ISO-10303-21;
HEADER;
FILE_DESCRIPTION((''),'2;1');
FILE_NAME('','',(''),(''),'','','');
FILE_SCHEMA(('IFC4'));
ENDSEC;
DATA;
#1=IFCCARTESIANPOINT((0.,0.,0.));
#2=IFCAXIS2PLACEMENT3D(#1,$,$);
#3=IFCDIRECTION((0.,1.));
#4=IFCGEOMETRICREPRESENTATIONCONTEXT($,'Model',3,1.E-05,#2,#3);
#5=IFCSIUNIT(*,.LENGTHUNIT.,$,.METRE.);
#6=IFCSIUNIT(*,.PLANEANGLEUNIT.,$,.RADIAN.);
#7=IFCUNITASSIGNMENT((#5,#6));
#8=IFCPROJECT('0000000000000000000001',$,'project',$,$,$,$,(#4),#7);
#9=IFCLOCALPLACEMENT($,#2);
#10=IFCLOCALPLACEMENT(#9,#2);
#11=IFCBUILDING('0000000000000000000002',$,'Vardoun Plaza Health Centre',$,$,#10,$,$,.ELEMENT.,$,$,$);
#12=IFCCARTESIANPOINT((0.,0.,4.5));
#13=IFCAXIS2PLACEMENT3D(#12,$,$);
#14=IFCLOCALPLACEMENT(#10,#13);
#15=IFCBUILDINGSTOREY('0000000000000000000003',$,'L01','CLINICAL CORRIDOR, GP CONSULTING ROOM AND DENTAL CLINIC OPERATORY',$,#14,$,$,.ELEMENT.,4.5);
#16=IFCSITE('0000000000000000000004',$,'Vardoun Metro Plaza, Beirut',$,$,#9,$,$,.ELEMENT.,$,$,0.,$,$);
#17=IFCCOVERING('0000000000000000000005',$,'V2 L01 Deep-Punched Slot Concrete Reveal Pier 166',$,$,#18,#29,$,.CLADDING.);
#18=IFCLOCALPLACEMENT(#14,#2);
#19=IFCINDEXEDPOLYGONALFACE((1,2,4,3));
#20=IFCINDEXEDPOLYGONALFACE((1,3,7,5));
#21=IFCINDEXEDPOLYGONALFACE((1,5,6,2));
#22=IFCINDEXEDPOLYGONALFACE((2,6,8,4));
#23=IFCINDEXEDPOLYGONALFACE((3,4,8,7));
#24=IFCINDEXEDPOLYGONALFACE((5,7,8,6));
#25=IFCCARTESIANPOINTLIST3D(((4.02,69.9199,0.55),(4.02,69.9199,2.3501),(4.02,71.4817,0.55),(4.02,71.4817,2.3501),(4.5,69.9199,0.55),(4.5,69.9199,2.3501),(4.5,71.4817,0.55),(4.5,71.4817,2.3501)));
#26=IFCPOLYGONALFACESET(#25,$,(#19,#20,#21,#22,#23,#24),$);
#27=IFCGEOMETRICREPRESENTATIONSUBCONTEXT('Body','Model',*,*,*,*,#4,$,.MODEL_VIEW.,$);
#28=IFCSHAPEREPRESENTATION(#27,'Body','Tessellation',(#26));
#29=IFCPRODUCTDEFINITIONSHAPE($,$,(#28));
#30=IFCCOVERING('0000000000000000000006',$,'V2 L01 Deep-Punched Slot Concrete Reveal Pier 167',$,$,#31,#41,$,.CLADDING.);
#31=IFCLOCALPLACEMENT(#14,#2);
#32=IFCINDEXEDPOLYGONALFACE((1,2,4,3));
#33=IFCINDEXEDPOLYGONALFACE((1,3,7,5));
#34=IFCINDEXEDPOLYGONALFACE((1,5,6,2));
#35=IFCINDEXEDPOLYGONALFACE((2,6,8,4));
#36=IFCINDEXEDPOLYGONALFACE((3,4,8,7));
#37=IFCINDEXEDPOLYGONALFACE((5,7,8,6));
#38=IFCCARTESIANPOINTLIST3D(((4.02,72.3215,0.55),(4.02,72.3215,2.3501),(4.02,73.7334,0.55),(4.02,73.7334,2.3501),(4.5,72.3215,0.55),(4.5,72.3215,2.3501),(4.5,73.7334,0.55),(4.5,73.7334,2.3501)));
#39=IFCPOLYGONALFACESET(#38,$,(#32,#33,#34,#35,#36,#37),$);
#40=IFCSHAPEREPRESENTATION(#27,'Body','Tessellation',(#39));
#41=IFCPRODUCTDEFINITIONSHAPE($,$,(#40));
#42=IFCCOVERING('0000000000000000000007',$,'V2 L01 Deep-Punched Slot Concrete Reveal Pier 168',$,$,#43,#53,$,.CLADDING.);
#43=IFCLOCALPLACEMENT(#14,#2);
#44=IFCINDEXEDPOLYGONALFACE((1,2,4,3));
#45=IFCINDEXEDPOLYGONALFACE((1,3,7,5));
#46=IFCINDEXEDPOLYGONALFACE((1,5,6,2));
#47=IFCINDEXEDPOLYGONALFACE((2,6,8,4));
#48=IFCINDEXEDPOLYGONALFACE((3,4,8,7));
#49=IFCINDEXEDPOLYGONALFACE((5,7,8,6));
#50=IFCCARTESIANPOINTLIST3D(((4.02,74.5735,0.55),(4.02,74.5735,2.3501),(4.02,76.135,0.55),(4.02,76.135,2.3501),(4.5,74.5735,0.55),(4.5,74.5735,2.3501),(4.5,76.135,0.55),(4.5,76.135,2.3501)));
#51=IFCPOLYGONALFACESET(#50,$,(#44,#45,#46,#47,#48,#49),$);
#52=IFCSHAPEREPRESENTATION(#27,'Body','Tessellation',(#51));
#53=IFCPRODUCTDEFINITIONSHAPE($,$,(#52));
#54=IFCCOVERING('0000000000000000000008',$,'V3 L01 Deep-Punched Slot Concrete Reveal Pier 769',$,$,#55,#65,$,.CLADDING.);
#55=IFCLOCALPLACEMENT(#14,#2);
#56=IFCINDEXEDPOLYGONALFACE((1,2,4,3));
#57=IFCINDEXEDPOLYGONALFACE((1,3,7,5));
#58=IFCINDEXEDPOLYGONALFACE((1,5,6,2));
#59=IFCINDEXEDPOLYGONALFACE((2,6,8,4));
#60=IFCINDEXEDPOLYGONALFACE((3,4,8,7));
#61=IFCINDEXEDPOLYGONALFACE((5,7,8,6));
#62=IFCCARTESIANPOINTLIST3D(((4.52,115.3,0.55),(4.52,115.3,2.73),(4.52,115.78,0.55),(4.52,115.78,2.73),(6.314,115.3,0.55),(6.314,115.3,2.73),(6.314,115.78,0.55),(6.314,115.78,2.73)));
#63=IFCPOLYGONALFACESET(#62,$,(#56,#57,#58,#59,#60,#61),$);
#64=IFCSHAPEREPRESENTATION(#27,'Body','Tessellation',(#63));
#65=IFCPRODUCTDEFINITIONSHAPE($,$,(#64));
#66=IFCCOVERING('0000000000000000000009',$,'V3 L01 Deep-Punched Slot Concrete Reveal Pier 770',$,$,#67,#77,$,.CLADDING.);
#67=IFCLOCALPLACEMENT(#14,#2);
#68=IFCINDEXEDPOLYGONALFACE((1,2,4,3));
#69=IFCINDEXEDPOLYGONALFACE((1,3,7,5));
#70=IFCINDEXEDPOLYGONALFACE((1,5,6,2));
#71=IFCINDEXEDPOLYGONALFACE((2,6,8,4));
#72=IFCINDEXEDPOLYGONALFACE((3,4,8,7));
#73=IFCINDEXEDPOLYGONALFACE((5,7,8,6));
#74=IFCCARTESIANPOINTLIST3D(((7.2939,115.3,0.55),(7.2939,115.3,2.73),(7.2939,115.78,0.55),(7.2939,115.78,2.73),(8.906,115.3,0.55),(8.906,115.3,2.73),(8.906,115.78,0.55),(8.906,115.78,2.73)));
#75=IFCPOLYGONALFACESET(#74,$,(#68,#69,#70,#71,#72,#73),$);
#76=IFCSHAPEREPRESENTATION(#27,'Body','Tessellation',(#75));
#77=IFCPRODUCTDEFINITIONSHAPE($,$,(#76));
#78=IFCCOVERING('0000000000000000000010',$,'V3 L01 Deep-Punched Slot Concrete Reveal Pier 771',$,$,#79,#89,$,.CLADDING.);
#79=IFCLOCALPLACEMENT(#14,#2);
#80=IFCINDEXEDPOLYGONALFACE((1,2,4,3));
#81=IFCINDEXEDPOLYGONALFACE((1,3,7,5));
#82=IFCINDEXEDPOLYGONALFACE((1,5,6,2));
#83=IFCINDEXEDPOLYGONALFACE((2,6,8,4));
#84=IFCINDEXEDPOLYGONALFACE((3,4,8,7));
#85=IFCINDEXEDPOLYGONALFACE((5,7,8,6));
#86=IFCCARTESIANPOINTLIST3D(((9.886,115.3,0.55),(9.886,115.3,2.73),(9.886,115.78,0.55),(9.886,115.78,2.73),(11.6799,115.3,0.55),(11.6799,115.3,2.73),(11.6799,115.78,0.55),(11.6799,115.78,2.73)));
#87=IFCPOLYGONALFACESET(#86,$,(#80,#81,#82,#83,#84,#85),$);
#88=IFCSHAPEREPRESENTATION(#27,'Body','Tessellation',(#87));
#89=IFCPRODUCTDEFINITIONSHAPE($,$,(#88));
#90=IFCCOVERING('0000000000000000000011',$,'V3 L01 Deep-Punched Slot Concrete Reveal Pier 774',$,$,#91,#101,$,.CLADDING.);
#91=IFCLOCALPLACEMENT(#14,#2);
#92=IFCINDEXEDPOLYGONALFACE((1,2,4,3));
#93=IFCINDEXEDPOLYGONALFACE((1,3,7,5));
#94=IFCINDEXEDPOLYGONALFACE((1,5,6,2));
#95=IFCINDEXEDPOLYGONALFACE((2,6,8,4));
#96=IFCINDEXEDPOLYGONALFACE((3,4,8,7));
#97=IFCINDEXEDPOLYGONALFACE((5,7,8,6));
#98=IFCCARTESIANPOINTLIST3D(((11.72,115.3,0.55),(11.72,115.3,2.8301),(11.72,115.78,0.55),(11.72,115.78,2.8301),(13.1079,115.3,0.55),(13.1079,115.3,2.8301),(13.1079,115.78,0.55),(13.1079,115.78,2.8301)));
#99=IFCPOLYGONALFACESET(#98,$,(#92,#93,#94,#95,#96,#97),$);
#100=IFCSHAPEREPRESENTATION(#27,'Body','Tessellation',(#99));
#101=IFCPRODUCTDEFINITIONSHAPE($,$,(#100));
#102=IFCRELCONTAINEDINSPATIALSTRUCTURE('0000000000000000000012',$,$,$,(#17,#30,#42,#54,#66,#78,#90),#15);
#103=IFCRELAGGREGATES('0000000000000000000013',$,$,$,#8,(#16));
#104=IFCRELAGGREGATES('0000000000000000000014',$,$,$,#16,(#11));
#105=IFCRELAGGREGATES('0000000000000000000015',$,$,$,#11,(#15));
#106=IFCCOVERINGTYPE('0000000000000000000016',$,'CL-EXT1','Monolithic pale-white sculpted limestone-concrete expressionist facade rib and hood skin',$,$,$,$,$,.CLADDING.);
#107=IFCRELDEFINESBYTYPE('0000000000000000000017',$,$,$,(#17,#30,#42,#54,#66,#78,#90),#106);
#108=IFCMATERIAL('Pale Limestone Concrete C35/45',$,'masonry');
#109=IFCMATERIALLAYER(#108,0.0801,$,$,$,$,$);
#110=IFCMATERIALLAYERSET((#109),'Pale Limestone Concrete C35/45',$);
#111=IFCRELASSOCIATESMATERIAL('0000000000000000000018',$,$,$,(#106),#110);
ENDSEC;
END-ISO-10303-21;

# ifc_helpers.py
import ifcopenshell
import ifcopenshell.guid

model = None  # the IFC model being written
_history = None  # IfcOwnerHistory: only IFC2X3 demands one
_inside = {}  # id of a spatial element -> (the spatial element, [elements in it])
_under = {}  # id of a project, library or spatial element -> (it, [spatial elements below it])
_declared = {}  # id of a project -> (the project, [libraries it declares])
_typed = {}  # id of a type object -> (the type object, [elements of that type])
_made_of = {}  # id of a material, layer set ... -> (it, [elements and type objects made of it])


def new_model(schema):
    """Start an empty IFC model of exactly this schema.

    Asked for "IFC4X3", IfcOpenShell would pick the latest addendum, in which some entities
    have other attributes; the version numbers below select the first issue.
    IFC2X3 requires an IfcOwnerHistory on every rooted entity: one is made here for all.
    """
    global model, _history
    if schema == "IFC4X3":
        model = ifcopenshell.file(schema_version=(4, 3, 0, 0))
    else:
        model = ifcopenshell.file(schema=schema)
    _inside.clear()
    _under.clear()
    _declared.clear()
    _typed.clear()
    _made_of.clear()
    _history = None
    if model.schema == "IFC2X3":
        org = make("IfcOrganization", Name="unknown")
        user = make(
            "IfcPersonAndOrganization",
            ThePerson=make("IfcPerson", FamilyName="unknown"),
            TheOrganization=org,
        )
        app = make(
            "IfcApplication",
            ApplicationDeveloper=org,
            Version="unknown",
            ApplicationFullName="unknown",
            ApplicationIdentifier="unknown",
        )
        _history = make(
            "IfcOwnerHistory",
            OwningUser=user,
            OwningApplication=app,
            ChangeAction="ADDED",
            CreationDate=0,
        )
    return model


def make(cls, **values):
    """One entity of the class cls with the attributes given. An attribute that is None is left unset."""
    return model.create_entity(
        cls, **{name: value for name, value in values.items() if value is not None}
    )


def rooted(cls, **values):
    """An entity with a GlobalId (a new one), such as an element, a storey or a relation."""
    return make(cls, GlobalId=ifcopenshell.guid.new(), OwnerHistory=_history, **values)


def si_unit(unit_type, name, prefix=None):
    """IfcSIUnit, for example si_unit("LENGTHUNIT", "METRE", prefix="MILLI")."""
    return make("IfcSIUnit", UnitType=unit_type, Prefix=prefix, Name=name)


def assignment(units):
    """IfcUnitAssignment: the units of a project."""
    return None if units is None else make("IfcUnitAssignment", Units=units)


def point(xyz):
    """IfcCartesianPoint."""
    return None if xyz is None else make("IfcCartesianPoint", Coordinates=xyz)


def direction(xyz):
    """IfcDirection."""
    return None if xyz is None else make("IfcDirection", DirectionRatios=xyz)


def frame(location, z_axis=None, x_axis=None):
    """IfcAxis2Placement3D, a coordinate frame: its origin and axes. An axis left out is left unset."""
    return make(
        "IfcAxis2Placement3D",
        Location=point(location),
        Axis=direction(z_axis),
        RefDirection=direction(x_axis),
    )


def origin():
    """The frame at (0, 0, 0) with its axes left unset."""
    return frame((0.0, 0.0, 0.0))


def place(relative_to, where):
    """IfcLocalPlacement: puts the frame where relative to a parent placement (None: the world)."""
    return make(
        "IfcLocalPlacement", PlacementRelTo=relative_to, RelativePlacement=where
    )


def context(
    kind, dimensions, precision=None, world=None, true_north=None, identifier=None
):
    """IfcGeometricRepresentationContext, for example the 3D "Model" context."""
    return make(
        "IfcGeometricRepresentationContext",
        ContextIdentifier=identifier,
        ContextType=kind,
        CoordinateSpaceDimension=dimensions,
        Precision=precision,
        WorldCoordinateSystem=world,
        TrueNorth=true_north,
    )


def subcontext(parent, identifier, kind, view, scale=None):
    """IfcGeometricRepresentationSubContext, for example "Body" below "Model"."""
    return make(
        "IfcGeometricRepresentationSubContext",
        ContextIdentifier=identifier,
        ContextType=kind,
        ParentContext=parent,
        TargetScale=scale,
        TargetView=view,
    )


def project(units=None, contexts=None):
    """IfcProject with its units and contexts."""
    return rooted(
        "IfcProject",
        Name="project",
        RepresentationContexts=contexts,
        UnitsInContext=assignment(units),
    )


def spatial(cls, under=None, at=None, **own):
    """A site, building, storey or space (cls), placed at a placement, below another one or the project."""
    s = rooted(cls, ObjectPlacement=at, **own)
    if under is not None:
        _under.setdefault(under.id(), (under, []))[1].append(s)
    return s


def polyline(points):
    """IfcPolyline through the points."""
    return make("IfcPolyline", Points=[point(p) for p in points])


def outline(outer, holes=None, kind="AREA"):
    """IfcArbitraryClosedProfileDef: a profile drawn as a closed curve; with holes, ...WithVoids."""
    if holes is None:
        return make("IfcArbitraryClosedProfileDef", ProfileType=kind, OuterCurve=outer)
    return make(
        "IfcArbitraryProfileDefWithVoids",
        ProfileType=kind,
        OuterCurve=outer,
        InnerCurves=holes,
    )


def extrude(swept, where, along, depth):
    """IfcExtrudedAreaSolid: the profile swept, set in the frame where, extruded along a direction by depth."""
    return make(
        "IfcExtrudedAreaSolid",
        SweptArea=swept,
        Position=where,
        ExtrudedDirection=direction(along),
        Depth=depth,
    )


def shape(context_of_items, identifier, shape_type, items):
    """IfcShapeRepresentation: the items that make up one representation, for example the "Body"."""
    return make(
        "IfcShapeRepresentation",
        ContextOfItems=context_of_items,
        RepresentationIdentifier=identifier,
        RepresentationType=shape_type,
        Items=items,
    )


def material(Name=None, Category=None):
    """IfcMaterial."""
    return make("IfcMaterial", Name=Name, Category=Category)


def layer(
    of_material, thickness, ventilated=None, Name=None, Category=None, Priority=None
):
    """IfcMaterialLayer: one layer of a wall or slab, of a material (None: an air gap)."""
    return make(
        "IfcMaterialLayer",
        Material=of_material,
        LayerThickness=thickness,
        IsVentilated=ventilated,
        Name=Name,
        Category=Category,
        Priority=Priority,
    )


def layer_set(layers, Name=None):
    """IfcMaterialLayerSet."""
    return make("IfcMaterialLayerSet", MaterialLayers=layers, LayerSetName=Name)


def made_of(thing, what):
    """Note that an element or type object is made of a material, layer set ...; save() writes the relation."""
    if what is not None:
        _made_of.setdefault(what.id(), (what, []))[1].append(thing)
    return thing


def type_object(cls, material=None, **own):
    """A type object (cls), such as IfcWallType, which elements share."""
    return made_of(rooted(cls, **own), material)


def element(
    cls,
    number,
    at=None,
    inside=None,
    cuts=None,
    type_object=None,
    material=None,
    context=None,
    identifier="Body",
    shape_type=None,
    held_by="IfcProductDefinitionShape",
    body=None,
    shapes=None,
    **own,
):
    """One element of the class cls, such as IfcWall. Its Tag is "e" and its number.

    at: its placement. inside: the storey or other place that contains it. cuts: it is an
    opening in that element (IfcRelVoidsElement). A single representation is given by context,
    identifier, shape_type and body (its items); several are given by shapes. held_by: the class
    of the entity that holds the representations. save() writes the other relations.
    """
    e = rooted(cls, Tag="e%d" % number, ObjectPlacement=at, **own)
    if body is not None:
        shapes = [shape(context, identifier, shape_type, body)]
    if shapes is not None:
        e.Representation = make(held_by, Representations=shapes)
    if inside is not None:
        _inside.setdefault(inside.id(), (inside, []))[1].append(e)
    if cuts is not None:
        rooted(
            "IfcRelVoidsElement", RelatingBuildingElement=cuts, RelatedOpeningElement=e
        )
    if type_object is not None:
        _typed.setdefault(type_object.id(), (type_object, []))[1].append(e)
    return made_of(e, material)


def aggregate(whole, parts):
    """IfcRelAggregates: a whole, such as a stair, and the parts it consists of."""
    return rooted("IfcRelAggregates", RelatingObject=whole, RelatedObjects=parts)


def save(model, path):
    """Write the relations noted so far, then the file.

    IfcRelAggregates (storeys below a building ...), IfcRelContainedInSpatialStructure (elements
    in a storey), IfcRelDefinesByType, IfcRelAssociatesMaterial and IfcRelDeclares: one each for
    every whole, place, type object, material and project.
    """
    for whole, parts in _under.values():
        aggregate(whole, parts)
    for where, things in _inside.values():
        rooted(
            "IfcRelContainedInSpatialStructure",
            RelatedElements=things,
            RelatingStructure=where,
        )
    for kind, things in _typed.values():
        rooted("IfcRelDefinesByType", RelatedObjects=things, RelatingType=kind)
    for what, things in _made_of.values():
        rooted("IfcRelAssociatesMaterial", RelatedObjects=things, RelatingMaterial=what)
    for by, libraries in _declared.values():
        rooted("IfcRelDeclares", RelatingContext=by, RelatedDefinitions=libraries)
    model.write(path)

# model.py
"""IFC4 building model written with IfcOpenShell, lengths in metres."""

from ifc_helpers import new_model, si_unit, direction, frame, origin, place, context, subcontext, project, spatial, polyline, outline, extrude, material, layer, layer_set, type_object, element, save


model = new_model("IFC4")

# Units and contexts
model_context = context("Model", 3, precision=1e-05, world=origin(), true_north=direction((0.0, 1.0)))
body_context = subcontext(model_context, "Body", "Model", "MODEL_VIEW")
ifc_project = project(units=[si_unit("LENGTHUNIT", "METRE"), si_unit("PLANEANGLEUNIT", "RADIAN")], contexts=[model_context])

# Site, building, storey
site_placement = place(None, origin())
site = spatial("IfcSite", under=ifc_project, at=site_placement, Name="Vardoun Metro Plaza, Beirut", CompositionType="ELEMENT", RefElevation=0.0)
building_placement = place(site_placement, origin())
building = spatial("IfcBuilding", under=site, at=building_placement, Name="Vardoun Plaza Health Centre", CompositionType="ELEMENT")
storey_placement = place(building_placement, frame((0.0, 0.0, 4.5)))
storey = spatial("IfcBuildingStorey", under=building, at=storey_placement, Name="L01", Description="CLINICAL CORRIDOR, GP CONSULTING ROOM AND DENTAL CLINIC OPERATORY", CompositionType="ELEMENT", Elevation=4.5)

# Coverings
ifc_material = material(Name="Pale Limestone Concrete C35/45", Category="masonry")
ifc_layer = layer(ifc_material, 0.0801)
ifc_layer_set = layer_set([ifc_layer], Name="Pale Limestone Concrete C35/45")
covering_type = type_object("IfcCoveringType", Name="CL-EXT1", Description="Monolithic pale-white sculpted limestone-concrete expressionist facade rib and hood skin", PredefinedType="CLADDING", material=ifc_layer_set)
covering_1_placement = place(storey_placement, frame((0.0, 0.0, 0.55)))
element("IfcCovering", 1, at=covering_1_placement, inside=storey, type_object=covering_type, Name="V2 L01 Deep-Punched Slot Concrete Reveal Pier 166", PredefinedType="CLADDING", context=body_context, shape_type="SweptSolid", body=[
    extrude(outline(polyline([(4.5, 69.9199), (4.5, 71.4817), (4.02, 71.4817), (4.02, 69.9199), (4.5, 69.9199)])), origin(), (0.0, 0.0, 1.0), 1.8),
])
covering_2_placement = place(storey_placement, frame((0.0, 0.0, 0.55)))
element("IfcCovering", 2, at=covering_2_placement, inside=storey, type_object=covering_type, Name="V2 L01 Deep-Punched Slot Concrete Reveal Pier 167", PredefinedType="CLADDING", context=body_context, shape_type="SweptSolid", body=[
    extrude(outline(polyline([(4.5, 72.3215), (4.5, 73.7334), (4.02, 73.7334), (4.02, 72.3215), (4.5, 72.3215)])), origin(), (0.0, 0.0, 1.0), 1.8),
])
covering_3_placement = place(storey_placement, frame((0.0, 0.0, 0.55)))
element("IfcCovering", 3, at=covering_3_placement, inside=storey, type_object=covering_type, Name="V2 L01 Deep-Punched Slot Concrete Reveal Pier 168", PredefinedType="CLADDING", context=body_context, shape_type="SweptSolid", body=[
    extrude(outline(polyline([(4.5, 74.5735), (4.5, 76.135), (4.02, 76.135), (4.02, 74.5735), (4.5, 74.5735)])), origin(), (0.0, 0.0, 1.0), 1.8),
])
covering_4_placement = place(storey_placement, frame((0.0, 0.0, 0.55)))
element("IfcCovering", 4, at=covering_4_placement, inside=storey, type_object=covering_type, Name="V3 L01 Deep-Punched Slot Concrete Reveal Pier 769", PredefinedType="CLADDING", context=body_context, shape_type="SweptSolid", body=[
    extrude(outline(polyline([(4.52, 115.3), (6.314, 115.3), (6.314, 115.78), (4.52, 115.78), (4.52, 115.3)])), origin(), (0.0, 0.0, 1.0), 2.1799),
])
covering_5_placement = place(storey_placement, frame((0.0, 0.0, 0.55)))
element("IfcCovering", 5, at=covering_5_placement, inside=storey, type_object=covering_type, Name="V3 L01 Deep-Punched Slot Concrete Reveal Pier 770", PredefinedType="CLADDING", context=body_context, shape_type="SweptSolid", body=[
    extrude(outline(polyline([(7.2939, 115.3), (8.906, 115.3), (8.906, 115.78), (7.2939, 115.78), (7.2939, 115.3)])), origin(), (0.0, 0.0, 1.0), 2.1799),
])
covering_6_placement = place(storey_placement, frame((0.0, 0.0, 0.55)))
element("IfcCovering", 6, at=covering_6_placement, inside=storey, type_object=covering_type, Name="V3 L01 Deep-Punched Slot Concrete Reveal Pier 771", PredefinedType="CLADDING", context=body_context, shape_type="SweptSolid", body=[
    extrude(outline(polyline([(9.886, 115.3), (11.6799, 115.3), (11.6799, 115.78), (9.886, 115.78), (9.886, 115.3)])), origin(), (0.0, 0.0, 1.0), 2.1799),
])
covering_7_placement = place(storey_placement, frame((0.0, 0.0, 0.55)))
element("IfcCovering", 7, at=covering_7_placement, inside=storey, type_object=covering_type, Name="V3 L01 Deep-Punched Slot Concrete Reveal Pier 774", PredefinedType="CLADDING", context=body_context, shape_type="SweptSolid", body=[
    extrude(outline(polyline([(11.72, 115.3), (13.1079, 115.3), (13.1079, 115.78), (11.72, 115.78), (11.72, 115.3)])), origin(), (0.0, 0.0, 1.0), 2.28),
])

save(model, "model.ifc")
